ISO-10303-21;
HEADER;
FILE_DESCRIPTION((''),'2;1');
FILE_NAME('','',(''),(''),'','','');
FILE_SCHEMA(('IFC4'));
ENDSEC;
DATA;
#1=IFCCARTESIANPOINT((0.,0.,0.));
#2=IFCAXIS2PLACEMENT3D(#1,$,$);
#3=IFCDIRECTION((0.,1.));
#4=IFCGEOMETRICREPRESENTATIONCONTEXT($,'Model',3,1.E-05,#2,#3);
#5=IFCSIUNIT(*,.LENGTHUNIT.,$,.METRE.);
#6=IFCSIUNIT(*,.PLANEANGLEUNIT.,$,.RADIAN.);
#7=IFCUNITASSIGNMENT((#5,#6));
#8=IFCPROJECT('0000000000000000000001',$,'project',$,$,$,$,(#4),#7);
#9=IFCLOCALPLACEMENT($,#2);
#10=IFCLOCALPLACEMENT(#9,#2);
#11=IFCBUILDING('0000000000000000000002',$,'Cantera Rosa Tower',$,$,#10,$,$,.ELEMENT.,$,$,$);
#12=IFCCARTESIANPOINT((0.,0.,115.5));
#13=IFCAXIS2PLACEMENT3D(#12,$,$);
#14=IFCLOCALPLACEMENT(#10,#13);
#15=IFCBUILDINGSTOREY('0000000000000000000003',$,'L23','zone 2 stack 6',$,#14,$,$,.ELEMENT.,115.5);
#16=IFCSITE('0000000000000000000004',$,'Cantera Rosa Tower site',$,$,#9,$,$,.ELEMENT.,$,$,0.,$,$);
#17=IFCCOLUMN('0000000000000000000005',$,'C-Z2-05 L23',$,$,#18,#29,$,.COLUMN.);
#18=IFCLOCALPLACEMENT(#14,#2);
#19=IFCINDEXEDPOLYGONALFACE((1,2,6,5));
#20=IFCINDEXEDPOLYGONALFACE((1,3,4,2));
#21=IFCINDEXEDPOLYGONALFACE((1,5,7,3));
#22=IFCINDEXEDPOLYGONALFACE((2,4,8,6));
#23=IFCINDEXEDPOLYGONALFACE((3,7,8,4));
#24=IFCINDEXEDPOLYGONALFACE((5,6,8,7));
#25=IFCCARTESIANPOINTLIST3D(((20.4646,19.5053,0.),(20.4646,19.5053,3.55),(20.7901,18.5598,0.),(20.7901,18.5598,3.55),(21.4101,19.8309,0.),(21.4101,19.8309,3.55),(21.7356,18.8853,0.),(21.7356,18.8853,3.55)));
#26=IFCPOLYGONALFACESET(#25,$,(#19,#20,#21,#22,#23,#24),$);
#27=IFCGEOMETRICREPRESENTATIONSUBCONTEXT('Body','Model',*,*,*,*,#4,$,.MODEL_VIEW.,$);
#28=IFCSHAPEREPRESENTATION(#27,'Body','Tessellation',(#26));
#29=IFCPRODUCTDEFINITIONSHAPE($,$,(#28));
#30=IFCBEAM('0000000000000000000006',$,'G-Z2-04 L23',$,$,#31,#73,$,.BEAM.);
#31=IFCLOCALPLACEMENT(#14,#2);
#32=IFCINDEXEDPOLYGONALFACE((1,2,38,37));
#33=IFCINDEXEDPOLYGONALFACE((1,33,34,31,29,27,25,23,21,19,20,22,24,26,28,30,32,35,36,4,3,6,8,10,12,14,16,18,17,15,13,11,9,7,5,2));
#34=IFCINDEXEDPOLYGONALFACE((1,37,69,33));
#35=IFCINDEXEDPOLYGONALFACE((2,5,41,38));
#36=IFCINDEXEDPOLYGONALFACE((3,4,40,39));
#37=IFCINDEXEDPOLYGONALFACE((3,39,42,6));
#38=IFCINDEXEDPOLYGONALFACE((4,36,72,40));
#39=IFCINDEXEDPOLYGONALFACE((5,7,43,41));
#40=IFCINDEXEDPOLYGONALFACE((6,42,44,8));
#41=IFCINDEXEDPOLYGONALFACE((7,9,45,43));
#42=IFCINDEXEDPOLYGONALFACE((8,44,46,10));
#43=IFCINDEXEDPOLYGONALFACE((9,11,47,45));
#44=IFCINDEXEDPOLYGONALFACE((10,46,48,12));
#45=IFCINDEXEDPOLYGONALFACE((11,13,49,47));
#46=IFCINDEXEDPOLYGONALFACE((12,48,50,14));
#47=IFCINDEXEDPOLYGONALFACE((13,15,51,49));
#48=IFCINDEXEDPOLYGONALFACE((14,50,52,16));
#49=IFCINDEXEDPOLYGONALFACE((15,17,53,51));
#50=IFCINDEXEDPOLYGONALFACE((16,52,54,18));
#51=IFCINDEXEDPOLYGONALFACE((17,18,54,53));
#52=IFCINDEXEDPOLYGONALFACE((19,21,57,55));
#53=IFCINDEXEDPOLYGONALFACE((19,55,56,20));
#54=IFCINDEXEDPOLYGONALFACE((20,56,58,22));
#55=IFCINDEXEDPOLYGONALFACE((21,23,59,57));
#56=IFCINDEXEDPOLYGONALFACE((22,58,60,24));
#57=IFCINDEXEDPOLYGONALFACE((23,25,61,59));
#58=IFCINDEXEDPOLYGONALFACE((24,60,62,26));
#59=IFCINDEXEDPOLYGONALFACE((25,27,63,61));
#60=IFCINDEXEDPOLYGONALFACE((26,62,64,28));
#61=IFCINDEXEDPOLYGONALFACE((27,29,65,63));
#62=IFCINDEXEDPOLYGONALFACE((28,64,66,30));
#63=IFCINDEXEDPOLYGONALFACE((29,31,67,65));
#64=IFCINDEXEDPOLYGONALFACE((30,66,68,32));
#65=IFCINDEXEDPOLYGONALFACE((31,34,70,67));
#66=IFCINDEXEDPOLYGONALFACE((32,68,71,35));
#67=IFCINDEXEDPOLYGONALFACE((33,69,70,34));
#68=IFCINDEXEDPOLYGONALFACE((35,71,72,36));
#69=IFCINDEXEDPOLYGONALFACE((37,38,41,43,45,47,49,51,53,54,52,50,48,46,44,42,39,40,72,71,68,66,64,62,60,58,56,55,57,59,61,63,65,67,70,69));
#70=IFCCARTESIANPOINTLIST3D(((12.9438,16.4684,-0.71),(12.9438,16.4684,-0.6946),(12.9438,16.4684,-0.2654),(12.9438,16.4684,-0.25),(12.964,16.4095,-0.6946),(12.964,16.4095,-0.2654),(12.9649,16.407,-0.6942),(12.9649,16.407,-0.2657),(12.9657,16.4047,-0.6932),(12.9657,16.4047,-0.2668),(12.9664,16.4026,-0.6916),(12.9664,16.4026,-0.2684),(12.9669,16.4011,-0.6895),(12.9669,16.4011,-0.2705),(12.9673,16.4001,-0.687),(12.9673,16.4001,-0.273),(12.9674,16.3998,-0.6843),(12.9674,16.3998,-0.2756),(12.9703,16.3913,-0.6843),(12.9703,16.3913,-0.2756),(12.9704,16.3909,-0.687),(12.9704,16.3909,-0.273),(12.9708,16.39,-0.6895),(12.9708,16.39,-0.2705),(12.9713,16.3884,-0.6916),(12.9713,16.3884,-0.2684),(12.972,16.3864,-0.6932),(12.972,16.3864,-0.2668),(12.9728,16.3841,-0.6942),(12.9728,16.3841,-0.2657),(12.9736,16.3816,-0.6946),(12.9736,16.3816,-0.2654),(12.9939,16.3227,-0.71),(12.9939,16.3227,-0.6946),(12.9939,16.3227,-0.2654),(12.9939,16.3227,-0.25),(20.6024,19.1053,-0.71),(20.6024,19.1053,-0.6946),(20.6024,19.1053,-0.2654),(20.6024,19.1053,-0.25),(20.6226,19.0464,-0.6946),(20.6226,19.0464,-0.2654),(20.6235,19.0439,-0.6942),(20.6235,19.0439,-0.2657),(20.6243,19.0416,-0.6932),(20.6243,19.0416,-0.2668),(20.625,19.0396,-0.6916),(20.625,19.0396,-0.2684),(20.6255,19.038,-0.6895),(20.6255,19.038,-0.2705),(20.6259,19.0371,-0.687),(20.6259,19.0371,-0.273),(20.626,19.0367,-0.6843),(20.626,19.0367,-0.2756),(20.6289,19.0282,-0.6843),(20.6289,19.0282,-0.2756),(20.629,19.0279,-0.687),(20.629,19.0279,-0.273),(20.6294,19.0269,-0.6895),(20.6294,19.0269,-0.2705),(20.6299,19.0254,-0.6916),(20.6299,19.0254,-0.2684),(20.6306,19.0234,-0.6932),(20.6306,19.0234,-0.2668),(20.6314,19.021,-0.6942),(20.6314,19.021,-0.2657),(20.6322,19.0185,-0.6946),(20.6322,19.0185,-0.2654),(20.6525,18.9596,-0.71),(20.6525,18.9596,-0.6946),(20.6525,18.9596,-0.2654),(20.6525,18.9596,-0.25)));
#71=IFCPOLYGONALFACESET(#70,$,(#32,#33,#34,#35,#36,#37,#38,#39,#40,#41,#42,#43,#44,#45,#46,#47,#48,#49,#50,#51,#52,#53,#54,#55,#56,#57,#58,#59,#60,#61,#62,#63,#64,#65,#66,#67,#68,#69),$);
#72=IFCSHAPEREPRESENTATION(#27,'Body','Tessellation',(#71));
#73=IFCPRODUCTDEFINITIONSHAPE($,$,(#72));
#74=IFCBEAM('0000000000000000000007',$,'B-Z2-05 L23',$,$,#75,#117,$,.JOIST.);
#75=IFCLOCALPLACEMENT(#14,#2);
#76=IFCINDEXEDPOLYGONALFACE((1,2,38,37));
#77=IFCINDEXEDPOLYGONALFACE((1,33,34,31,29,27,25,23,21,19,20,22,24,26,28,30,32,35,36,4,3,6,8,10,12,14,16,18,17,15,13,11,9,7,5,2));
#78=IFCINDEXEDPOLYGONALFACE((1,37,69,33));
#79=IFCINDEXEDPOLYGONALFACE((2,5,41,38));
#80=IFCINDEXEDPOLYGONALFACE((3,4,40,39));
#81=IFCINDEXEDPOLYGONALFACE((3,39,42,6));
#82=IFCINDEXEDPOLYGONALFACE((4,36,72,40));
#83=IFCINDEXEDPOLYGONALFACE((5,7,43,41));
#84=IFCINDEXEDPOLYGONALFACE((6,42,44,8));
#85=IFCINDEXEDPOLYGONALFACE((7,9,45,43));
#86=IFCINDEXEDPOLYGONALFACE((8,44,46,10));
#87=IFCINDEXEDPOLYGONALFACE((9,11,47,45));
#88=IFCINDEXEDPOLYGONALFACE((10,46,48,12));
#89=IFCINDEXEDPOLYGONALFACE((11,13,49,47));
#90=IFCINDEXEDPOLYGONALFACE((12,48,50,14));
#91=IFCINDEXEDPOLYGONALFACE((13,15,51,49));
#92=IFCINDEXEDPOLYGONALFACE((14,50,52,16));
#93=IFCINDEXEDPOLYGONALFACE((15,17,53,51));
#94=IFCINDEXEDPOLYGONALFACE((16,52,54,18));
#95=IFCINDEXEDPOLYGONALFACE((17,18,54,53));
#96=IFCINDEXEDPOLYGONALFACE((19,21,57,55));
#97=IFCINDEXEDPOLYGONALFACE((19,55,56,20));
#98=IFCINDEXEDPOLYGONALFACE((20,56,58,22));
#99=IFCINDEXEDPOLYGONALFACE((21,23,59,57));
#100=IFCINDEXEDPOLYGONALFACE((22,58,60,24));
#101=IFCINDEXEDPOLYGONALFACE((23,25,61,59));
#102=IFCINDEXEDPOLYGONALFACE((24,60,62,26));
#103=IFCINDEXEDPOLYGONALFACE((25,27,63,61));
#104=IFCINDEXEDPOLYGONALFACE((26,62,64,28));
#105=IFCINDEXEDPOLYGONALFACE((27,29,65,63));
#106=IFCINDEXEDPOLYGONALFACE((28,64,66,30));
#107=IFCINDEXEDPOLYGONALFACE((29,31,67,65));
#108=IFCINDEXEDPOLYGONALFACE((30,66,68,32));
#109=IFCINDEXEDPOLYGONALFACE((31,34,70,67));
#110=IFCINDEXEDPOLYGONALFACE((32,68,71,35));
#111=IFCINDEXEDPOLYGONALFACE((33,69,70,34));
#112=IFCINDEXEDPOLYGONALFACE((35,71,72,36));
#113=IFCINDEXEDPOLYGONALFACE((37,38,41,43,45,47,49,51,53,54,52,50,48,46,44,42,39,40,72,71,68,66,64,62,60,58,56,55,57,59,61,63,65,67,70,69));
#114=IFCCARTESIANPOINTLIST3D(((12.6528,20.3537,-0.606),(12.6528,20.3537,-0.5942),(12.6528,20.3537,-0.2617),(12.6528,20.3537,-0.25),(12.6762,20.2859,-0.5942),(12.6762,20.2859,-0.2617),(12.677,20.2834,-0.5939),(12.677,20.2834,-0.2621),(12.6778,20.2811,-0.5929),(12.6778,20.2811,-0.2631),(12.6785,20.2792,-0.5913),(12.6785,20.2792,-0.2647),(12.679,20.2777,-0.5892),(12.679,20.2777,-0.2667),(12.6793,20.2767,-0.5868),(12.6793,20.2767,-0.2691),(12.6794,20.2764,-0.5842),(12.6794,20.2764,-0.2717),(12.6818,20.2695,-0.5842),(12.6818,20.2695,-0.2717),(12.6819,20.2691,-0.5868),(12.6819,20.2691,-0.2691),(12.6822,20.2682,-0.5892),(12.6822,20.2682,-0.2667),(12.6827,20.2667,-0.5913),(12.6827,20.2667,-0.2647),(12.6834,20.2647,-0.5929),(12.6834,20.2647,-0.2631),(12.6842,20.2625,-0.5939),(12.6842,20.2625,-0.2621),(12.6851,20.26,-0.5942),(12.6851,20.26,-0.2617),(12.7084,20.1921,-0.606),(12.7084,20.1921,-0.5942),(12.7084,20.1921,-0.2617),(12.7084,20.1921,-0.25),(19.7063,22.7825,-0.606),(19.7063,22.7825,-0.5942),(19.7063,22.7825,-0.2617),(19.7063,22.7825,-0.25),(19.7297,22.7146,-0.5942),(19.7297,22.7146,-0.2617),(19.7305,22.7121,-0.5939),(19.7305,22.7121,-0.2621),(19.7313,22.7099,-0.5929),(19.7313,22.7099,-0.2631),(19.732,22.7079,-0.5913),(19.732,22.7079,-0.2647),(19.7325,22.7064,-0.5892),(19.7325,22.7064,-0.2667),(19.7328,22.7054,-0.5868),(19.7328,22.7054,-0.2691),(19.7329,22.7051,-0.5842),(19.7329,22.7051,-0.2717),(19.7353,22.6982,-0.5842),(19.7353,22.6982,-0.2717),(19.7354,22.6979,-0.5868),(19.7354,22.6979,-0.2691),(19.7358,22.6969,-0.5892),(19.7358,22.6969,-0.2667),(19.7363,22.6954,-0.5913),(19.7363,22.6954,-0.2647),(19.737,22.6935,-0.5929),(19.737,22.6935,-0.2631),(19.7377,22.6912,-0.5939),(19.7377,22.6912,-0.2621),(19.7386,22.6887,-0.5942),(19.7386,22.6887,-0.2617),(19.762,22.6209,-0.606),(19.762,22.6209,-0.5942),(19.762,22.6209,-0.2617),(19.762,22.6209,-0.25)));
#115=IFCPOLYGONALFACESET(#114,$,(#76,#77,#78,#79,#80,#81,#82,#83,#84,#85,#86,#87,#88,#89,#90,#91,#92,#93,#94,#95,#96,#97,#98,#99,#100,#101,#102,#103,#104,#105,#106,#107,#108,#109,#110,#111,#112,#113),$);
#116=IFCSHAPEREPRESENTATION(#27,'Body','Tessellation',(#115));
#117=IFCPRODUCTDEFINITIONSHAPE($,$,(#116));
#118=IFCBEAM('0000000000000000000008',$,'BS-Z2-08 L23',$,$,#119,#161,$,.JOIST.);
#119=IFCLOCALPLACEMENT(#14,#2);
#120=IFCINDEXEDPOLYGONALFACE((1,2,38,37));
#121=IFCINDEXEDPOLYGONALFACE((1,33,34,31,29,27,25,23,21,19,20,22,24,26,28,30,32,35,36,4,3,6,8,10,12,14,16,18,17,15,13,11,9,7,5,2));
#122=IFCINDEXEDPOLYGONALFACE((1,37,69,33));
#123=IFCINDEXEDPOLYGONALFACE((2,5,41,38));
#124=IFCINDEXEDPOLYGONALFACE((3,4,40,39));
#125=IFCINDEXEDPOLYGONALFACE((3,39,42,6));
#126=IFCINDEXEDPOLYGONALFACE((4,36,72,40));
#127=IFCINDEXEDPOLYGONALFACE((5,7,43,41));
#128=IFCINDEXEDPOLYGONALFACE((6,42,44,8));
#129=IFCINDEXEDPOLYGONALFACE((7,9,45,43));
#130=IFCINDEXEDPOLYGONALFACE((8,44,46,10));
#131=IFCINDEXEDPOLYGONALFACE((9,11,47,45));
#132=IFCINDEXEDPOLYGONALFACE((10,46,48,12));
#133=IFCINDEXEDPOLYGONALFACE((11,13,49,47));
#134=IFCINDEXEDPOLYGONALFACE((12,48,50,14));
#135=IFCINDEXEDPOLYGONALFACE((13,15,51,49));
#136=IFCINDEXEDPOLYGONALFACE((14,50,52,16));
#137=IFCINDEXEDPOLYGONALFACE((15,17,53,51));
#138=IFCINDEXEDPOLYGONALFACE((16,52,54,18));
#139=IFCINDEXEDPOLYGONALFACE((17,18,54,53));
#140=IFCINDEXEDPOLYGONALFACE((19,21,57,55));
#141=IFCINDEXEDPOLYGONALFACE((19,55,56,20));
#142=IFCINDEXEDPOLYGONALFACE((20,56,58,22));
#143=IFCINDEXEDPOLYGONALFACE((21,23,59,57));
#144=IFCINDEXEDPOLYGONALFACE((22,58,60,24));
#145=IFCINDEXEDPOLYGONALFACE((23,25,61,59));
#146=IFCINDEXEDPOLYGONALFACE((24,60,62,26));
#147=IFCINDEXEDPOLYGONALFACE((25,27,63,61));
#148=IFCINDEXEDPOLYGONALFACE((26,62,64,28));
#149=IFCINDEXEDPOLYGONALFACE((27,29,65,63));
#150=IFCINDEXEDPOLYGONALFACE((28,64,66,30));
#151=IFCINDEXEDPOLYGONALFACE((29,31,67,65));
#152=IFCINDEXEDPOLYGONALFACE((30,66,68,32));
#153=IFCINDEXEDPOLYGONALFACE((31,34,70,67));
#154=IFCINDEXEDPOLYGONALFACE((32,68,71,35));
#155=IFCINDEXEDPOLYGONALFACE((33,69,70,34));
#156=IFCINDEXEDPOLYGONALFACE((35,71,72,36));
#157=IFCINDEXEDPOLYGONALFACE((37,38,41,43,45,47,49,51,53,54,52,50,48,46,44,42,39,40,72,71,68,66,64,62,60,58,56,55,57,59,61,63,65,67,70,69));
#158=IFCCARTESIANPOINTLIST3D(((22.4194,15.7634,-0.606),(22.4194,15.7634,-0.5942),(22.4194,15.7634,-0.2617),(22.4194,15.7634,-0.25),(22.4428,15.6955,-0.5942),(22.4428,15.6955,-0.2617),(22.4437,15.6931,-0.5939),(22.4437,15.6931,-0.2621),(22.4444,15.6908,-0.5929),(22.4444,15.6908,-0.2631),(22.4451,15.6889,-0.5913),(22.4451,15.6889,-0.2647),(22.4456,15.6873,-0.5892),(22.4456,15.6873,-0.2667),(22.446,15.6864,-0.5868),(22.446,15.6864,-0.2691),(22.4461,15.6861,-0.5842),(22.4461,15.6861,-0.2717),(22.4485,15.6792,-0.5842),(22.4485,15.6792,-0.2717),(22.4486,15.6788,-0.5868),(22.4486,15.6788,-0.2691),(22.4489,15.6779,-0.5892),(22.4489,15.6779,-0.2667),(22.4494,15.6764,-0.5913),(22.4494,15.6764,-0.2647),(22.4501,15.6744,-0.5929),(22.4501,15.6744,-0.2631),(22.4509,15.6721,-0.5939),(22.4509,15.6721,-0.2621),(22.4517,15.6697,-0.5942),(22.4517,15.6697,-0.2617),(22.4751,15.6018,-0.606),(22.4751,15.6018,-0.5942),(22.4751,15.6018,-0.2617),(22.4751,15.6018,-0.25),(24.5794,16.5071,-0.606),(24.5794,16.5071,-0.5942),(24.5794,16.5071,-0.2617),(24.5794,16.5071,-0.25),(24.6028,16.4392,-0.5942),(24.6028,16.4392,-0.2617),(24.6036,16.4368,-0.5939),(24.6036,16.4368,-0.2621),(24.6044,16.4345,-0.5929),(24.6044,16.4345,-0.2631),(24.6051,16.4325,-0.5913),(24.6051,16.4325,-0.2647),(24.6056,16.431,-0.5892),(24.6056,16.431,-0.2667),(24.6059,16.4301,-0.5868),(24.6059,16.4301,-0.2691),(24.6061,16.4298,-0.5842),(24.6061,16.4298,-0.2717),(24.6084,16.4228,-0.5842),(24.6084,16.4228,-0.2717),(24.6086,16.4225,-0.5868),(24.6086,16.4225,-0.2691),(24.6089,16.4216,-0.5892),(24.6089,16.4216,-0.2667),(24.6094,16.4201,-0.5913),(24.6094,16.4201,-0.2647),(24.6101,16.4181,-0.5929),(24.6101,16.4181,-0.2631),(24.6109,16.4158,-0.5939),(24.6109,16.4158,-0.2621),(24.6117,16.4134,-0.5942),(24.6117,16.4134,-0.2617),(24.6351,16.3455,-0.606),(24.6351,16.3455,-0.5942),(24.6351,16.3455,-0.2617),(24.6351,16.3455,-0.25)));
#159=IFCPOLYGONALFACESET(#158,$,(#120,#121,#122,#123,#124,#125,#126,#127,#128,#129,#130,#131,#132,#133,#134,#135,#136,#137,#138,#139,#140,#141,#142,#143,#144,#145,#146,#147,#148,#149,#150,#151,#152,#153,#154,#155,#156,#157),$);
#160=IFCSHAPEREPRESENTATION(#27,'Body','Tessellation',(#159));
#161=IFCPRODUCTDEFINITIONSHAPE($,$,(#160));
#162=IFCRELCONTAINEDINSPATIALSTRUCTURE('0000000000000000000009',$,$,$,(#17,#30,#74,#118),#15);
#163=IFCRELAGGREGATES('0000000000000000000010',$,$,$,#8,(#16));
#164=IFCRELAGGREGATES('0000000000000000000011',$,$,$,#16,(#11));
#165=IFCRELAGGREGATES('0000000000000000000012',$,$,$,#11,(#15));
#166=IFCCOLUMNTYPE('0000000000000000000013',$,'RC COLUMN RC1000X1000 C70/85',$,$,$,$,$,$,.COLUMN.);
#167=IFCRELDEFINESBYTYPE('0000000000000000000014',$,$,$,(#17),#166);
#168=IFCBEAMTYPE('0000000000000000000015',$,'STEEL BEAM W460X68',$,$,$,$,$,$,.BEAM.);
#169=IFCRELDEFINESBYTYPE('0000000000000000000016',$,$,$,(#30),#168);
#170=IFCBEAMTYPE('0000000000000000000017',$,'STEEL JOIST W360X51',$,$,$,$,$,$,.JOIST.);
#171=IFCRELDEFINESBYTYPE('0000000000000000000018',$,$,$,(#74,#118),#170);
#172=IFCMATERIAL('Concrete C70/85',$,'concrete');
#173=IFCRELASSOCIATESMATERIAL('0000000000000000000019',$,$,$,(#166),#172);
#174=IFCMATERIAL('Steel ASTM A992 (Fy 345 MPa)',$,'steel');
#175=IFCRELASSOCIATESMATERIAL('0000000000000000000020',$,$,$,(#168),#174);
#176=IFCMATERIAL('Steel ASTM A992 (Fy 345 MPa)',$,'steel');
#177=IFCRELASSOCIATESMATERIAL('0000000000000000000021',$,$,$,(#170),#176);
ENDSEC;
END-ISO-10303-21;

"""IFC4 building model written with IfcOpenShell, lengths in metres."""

from ifc_helpers import new_model, si_unit, direction, frame, origin, origin_2d, place, context, subcontext, project, spatial, rectangle, i_section, extrude, material, material_profile, profile_set, type_object, element, save


model = new_model("IFC4")

# Units and contexts
model_context = context("Model", 3, precision=1e-05, world=origin(), true_north=direction((0.0, 1.0)))
body_context = subcontext(model_context, "Body", "Model", "MODEL_VIEW")
ifc_project = project(units=[si_unit("LENGTHUNIT", "METRE"), si_unit("PLANEANGLEUNIT", "RADIAN")], contexts=[model_context])

# Site, building, storey
site_placement = place(None, origin())
site = spatial("IfcSite", under=ifc_project, at=site_placement, Name="Cantera Rosa Tower site", CompositionType="ELEMENT", RefElevation=0.0)
building_placement = place(site_placement, origin())
building = spatial("IfcBuilding", under=site, at=building_placement, Name="Cantera Rosa Tower", CompositionType="ELEMENT")
storey_placement = place(building_placement, frame((0.0, 0.0, 115.5)))
storey = spatial("IfcBuildingStorey", under=building, at=storey_placement, Name="L23", Description="zone 2 stack 6", CompositionType="ELEMENT", Elevation=115.5)

# Column
ifc_material_1 = material(Name="Concrete C70/85", Category="concrete")
ifc_material_profile_1 = material_profile(ifc_material_1, rectangle(XDim=1.0, YDim=1.0, at=origin_2d()), Name="RC COLUMN RC1000X1000 C70/85")
ifc_profile_set_1 = profile_set([ifc_material_profile_1], Name="Concrete C70/85")
column_type = type_object("IfcColumnType", Name="RC COLUMN RC1000X1000 C70/85", PredefinedType="COLUMN", material=ifc_profile_set_1)
column_placement = place(storey_placement, frame((21.1001, 19.1953, 0.0), z_axis=(0.0, 0.0, 1.0), x_axis=(0.945519, 0.325568, 0.0)))
element("IfcColumn", 1, at=column_placement, inside=storey, type_object=column_type, Name="C-Z2-05 L23", PredefinedType="COLUMN", context=body_context, shape_type="SweptSolid", body=[
    extrude(rectangle(XDim=1.0, YDim=1.0, at=origin_2d()), origin(), (0.0, 0.0, 1.0), 3.55),
])

# Beams
ifc_material_2 = material(Name="Steel ASTM A992 (Fy 345 MPa)", Category="steel")
ifc_material_profile_2 = material_profile(ifc_material_2, i_section(OverallWidth=0.1541, OverallDepth=0.46, WebThickness=0.009, FlangeThickness=0.0154, FilletRadius=0.0103, at=origin_2d()), Name="W460X68")
ifc_profile_set_2 = profile_set([ifc_material_profile_2], Name="Steel ASTM A992 (Fy 345 MPa)")
beam_type_1 = type_object("IfcBeamType", Name="STEEL BEAM W460X68", PredefinedType="BEAM", material=ifc_profile_set_2)
beam_1_placement = place(storey_placement, frame((20.6274, 19.0325, -0.48), z_axis=(-0.945524, -0.325553, 0.0), x_axis=(0.325553, -0.945524, 0.0)))
element("IfcBeam", 2, at=beam_1_placement, inside=storey, type_object=beam_type_1, Name="G-Z2-04 L23", PredefinedType="BEAM", context=body_context, shape_type="SweptSolid", body=[
    extrude(i_section(OverallWidth=0.1541, OverallDepth=0.46, WebThickness=0.009, FlangeThickness=0.0154, FilletRadius=0.0103, at=origin_2d()), origin(), (0.0, 0.0, 1.0), 8.0999),
])
ifc_material_3 = material(Name="Steel ASTM A992 (Fy 345 MPa)", Category="steel")
ifc_material_profile_3 = material_profile(ifc_material_3, i_section(OverallWidth=0.1709, OverallDepth=0.356, WebThickness=0.0073, FlangeThickness=0.0117, FilletRadius=0.01, at=origin_2d()), Name="W360X51")
ifc_profile_set_3 = profile_set([ifc_material_profile_3], Name="Steel ASTM A992 (Fy 345 MPa)")
beam_type_2 = type_object("IfcBeamType", Name="STEEL JOIST W360X51", PredefinedType="JOIST", material=ifc_profile_set_3)
beam_2_placement = place(storey_placement, frame((19.7341, 22.7017, -0.428), z_axis=(-0.945518, -0.325569, 0.0), x_axis=(0.325569, -0.945518, 0.0)))
element("IfcBeam", 3, at=beam_2_placement, inside=storey, type_object=beam_type_2, Name="B-Z2-05 L23", PredefinedType="JOIST", context=body_context, shape_type="SweptSolid", body=[
    extrude(i_section(OverallWidth=0.1709, OverallDepth=0.356, WebThickness=0.0073, FlangeThickness=0.0117, FilletRadius=0.01, at=origin_2d()), origin(), (0.0, 0.0, 1.0), 7.46),
])
beam_3_placement = place(storey_placement, frame((22.4473, 15.6826, -0.428), z_axis=(0.945527, 0.325543, 0.0), x_axis=(-0.325543, 0.945527, 0.0)))
element("IfcBeam", 4, at=beam_3_placement, inside=storey, type_object=beam_type_2, Name="BS-Z2-08 L23", PredefinedType="JOIST", context=body_context, shape_type="SweptSolid", body=[
    extrude(i_section(OverallWidth=0.1709, OverallDepth=0.356, WebThickness=0.0073, FlangeThickness=0.0117, FilletRadius=0.01, at=origin_2d()), origin(), (0.0, 0.0, 1.0), 2.2844),
])

save(model, "model.ifc")
